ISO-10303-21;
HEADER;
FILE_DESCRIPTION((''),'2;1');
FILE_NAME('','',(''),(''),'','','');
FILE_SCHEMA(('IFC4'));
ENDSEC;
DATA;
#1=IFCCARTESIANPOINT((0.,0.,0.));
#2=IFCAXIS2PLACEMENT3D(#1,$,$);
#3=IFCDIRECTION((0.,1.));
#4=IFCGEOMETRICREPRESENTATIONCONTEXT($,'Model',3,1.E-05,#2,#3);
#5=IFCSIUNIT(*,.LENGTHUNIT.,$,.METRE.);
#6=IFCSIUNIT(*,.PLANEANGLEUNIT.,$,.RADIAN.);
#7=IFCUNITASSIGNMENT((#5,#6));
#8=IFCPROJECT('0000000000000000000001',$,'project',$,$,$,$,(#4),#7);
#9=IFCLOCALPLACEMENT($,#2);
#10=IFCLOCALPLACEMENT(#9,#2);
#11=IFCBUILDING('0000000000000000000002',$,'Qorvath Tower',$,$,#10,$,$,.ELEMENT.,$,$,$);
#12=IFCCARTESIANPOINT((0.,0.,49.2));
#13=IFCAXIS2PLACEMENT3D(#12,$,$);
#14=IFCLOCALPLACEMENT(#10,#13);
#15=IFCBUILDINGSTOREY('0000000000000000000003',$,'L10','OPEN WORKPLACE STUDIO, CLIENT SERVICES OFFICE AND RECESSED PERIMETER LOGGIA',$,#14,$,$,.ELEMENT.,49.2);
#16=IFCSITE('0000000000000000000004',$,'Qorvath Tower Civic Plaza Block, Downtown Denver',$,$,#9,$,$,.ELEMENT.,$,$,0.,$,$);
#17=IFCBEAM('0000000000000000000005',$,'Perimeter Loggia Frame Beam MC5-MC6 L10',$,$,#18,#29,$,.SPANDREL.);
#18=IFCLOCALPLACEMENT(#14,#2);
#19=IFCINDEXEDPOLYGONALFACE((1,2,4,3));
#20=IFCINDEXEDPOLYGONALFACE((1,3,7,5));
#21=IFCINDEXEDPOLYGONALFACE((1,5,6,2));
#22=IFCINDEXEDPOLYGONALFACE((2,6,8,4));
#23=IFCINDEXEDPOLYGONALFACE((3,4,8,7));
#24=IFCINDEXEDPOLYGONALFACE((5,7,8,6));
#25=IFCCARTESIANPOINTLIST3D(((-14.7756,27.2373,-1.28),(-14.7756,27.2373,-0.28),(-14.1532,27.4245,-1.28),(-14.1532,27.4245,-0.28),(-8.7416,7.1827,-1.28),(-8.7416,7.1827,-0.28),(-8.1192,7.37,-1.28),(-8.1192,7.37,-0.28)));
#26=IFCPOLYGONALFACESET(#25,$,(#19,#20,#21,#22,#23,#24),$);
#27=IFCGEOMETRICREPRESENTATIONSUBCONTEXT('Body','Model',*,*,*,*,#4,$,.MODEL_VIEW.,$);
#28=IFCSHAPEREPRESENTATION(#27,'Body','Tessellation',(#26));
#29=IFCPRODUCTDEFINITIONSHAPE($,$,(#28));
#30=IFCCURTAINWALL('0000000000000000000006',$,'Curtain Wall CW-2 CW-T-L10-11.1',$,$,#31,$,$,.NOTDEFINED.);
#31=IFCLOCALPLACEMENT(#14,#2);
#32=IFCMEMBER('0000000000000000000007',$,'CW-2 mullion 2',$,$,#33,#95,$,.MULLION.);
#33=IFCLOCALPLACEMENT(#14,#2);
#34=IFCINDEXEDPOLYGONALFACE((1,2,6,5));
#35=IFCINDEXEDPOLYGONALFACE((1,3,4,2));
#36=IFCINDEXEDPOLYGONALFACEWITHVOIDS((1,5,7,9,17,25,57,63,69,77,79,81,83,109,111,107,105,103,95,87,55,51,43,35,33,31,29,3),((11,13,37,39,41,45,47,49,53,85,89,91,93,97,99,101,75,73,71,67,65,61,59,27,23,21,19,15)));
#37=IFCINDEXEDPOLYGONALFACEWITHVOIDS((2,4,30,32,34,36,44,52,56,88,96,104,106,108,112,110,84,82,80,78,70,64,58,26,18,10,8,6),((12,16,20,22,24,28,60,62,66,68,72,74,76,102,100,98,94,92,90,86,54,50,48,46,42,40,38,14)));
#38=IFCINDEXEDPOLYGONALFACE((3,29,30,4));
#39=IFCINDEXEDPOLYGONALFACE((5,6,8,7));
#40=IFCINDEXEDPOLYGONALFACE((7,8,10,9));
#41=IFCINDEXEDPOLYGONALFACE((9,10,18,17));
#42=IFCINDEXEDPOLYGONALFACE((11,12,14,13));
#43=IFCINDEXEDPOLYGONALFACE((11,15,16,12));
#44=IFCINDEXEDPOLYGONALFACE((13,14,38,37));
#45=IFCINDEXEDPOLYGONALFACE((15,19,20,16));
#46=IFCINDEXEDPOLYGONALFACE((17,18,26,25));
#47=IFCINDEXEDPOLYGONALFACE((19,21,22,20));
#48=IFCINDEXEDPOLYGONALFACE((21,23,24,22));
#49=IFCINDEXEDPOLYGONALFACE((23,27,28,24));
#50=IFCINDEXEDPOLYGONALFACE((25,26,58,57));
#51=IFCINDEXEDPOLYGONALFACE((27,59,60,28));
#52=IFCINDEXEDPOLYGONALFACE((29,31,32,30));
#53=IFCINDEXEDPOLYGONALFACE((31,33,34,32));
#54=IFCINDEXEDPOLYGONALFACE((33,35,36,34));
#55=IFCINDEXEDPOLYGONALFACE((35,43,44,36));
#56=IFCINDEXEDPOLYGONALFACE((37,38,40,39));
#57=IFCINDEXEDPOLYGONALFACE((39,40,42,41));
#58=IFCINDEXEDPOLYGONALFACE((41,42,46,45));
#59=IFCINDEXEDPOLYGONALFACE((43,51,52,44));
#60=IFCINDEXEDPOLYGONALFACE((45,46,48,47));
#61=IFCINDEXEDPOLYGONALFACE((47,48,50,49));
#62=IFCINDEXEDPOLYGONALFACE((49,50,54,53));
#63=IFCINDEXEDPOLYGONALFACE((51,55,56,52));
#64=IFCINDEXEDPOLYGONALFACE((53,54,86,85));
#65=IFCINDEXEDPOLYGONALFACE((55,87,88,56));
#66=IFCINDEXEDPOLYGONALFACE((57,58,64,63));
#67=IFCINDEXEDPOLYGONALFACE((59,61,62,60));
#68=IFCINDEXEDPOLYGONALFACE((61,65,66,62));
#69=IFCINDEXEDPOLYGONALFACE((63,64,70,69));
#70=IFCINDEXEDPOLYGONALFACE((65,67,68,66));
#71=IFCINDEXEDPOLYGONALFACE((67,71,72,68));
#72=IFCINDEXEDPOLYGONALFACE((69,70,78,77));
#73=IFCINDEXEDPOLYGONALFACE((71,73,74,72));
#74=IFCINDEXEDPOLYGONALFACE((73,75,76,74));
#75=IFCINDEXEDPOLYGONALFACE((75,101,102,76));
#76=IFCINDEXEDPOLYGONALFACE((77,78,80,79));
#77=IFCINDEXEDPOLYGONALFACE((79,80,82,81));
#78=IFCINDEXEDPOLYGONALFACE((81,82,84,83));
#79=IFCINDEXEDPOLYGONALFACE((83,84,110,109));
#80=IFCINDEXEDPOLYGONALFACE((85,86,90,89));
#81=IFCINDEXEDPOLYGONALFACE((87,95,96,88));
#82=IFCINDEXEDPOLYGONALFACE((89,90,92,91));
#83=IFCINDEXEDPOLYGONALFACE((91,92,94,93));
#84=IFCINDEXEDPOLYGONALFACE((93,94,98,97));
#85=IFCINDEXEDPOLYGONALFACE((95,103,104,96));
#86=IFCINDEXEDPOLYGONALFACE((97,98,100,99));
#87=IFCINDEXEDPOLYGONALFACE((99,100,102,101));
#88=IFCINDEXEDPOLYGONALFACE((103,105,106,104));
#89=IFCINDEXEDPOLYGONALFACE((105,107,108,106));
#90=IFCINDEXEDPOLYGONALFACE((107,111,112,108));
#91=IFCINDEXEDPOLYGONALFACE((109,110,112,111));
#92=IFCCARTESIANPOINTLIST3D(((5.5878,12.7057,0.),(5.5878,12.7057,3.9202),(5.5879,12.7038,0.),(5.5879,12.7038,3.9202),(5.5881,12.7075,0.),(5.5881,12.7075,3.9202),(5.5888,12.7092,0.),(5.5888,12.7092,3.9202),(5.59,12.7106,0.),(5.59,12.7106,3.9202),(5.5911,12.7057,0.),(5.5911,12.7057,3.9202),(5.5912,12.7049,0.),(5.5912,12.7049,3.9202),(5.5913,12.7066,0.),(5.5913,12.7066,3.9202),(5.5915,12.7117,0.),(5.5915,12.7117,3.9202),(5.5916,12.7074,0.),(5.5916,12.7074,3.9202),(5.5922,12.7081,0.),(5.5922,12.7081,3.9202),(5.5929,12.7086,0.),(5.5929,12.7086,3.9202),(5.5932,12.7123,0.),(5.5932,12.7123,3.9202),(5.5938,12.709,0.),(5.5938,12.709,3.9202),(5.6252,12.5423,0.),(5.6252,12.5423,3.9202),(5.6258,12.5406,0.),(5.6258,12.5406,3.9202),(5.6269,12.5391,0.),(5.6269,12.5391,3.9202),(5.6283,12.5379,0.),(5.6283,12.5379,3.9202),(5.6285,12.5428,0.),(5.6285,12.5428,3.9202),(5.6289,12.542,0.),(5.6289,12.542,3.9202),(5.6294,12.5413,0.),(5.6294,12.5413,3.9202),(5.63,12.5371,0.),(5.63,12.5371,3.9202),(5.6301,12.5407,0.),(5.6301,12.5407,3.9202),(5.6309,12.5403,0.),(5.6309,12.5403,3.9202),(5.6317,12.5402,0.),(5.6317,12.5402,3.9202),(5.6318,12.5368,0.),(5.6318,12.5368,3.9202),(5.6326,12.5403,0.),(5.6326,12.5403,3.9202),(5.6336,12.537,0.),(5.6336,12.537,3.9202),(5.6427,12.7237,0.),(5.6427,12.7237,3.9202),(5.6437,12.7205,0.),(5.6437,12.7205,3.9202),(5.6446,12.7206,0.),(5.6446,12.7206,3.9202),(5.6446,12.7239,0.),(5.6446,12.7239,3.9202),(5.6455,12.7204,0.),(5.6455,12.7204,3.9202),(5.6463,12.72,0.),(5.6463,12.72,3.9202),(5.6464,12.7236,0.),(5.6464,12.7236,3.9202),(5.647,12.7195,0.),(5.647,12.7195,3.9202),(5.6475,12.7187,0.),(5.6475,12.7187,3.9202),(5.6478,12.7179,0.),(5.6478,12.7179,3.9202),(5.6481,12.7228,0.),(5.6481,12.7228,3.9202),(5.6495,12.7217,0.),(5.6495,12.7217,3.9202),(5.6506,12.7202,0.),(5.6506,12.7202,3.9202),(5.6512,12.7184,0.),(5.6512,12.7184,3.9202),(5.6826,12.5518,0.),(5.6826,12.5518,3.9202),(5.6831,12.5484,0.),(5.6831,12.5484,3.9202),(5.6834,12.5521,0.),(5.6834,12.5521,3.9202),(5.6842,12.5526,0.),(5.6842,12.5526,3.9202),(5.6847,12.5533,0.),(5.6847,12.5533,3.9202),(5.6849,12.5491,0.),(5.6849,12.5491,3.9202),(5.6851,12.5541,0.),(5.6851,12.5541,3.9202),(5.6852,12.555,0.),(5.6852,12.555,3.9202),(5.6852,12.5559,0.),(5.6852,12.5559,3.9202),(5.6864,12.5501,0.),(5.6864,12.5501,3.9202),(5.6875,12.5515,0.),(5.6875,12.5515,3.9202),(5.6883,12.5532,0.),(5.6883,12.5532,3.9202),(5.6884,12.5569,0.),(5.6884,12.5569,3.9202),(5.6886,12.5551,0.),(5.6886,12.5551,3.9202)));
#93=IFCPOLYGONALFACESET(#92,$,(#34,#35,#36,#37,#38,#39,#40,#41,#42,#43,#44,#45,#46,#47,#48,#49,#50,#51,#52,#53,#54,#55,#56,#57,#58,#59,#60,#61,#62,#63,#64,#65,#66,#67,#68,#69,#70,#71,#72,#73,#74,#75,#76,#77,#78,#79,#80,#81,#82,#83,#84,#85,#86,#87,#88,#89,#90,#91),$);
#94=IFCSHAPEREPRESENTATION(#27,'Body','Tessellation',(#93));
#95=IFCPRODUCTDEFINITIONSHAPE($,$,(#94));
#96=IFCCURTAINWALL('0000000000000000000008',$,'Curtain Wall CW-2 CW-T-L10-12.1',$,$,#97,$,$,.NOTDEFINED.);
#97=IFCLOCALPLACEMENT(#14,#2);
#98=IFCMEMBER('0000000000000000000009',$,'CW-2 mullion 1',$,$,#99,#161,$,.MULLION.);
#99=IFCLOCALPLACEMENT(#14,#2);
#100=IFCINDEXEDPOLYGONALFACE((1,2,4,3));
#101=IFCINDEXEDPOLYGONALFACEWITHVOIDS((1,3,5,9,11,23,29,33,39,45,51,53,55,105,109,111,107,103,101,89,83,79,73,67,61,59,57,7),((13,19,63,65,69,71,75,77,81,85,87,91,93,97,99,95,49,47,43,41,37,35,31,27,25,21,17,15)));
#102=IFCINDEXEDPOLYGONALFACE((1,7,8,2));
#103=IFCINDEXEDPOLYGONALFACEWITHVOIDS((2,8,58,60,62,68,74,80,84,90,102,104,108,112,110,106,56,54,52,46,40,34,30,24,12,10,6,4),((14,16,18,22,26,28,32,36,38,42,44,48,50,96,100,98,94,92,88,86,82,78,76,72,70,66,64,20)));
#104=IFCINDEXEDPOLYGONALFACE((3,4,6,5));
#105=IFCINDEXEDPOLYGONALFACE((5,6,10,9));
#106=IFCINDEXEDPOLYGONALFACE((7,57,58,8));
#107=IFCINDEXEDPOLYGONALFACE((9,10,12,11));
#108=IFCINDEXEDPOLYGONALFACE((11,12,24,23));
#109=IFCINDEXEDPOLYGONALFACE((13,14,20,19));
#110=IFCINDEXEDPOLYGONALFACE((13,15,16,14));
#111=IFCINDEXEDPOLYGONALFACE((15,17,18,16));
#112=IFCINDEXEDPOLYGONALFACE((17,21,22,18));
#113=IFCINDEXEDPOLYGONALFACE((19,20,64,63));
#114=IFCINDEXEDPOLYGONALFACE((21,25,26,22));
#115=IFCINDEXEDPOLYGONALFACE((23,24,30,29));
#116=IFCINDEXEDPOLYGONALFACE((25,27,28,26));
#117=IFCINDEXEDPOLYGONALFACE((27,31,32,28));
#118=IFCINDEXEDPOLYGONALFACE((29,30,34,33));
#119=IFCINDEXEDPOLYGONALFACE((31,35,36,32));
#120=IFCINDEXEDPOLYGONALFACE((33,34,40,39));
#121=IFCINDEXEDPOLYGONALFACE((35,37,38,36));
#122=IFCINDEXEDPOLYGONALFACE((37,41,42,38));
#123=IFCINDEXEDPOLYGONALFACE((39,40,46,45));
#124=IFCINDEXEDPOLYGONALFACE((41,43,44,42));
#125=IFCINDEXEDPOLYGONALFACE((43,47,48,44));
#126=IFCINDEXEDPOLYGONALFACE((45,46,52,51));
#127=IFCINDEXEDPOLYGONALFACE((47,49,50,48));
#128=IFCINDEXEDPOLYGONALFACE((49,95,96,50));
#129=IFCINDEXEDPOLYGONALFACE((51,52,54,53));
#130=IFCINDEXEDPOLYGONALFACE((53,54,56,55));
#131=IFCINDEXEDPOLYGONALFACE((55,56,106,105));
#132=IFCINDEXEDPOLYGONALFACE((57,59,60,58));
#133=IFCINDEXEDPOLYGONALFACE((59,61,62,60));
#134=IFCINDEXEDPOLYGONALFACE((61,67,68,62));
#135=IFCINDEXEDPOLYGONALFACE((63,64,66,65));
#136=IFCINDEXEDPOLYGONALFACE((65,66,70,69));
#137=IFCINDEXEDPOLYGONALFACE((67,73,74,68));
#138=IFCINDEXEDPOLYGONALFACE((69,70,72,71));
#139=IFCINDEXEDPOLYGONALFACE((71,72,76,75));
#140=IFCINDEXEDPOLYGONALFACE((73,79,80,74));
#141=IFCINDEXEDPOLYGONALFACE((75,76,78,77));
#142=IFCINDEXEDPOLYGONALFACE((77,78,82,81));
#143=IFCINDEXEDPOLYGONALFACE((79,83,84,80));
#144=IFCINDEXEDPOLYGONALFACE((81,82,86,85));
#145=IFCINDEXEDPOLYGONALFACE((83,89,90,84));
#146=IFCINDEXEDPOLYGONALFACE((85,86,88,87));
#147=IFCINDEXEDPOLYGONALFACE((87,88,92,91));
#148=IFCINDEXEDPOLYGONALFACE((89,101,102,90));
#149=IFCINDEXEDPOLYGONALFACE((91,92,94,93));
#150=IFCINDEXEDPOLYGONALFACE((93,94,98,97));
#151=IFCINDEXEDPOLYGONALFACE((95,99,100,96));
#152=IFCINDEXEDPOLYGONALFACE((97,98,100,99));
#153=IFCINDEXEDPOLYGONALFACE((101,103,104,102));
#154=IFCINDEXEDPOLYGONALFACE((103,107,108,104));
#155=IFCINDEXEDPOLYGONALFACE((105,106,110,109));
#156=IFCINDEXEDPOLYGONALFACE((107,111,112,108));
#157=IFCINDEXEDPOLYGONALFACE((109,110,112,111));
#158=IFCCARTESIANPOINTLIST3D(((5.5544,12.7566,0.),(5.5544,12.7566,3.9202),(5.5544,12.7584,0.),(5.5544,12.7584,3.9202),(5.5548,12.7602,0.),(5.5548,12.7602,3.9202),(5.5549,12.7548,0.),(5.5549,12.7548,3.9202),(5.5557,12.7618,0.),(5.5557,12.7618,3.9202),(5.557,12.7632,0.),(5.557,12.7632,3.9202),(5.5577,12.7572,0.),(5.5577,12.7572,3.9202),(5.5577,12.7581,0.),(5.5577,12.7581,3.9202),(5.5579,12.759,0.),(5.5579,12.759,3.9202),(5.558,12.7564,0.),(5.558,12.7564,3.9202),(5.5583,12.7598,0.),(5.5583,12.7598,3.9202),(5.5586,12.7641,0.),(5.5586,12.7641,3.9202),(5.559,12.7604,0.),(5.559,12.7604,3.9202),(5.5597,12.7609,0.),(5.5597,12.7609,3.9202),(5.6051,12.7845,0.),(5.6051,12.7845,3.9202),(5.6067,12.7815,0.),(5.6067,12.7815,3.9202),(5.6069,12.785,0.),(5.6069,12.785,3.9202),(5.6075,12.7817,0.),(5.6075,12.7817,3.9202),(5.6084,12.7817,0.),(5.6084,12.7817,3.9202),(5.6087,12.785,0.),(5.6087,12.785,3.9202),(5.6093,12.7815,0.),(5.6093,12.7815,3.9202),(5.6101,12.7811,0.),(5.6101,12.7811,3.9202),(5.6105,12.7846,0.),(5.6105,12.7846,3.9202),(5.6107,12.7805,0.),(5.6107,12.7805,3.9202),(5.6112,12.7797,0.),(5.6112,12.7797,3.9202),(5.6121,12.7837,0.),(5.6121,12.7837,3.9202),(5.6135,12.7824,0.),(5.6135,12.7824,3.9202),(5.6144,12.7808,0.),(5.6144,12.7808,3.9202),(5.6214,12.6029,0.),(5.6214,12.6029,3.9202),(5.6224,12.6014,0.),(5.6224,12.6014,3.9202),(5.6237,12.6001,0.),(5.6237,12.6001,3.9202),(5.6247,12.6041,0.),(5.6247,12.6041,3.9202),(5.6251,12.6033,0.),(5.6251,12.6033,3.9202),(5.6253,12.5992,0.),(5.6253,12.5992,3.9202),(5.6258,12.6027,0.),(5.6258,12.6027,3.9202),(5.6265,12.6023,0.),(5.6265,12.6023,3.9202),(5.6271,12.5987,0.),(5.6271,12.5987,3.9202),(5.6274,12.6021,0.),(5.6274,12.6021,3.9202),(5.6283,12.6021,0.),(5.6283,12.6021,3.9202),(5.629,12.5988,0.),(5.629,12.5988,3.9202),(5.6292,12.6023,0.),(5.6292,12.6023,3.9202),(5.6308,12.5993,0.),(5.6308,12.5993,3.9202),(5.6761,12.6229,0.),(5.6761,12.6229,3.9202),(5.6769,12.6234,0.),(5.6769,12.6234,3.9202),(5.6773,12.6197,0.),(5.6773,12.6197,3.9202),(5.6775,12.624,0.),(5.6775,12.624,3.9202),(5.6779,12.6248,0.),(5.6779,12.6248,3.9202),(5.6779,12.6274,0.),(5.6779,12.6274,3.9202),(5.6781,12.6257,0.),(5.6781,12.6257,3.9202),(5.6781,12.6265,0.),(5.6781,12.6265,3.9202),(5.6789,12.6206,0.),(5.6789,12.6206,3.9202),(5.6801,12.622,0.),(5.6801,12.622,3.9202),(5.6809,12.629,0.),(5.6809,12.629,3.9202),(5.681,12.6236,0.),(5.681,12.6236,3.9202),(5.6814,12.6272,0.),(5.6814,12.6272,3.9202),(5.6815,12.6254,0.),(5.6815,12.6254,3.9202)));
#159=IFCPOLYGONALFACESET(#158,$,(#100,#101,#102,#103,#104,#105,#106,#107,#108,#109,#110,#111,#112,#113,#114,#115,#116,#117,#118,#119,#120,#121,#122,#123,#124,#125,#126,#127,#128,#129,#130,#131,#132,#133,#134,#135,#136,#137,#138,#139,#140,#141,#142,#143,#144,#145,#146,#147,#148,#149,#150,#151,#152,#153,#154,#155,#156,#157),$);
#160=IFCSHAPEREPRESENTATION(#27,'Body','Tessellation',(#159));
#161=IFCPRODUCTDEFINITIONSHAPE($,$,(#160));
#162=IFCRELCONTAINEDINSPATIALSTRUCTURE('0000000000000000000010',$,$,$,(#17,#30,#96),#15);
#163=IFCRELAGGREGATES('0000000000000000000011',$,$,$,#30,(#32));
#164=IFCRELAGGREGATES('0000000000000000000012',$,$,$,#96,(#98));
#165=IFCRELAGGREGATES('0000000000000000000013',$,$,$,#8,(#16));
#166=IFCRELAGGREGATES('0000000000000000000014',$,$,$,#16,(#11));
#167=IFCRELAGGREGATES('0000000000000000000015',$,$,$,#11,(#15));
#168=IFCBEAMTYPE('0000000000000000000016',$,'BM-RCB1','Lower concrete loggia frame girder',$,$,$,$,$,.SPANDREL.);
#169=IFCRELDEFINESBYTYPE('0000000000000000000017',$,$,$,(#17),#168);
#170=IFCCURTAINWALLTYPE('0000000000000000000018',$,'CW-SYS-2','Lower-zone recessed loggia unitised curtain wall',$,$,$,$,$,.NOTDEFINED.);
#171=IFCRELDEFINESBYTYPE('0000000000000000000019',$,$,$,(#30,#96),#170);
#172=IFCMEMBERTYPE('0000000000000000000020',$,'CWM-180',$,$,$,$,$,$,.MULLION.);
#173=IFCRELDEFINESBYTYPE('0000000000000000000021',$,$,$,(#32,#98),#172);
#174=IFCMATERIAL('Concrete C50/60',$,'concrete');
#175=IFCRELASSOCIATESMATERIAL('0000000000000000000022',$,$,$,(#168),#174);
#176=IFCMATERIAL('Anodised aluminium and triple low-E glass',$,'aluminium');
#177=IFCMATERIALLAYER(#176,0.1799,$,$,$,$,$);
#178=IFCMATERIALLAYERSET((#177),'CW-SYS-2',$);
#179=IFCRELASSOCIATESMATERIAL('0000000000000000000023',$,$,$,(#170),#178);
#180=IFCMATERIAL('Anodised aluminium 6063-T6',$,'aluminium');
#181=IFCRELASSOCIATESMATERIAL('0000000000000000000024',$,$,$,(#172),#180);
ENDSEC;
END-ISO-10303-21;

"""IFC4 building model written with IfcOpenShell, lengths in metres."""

from ifc_helpers import new_model, si_unit, direction, frame, origin, origin_2d, place, context, subcontext, project, spatial, rectangle, hollow_rectangle, extrude, material, layer, layer_set, material_profile, profile_set, type_object, element, aggregate, save


model = new_model("IFC4")

# Units and contexts
model_context = context("Model", 3, precision=1e-05, world=origin(), true_north=direction((0.0, 1.0)))
body_context = subcontext(model_context, "Body", "Model", "MODEL_VIEW")
ifc_project = project(units=[si_unit("LENGTHUNIT", "METRE"), si_unit("PLANEANGLEUNIT", "RADIAN")], contexts=[model_context])

# Site, building, storey
site_placement = place(None, origin())
site = spatial("IfcSite", under=ifc_project, at=site_placement, Name="Qorvath Tower Civic Plaza Block, Downtown Denver", CompositionType="ELEMENT", RefElevation=0.0)
building_placement = place(site_placement, origin())
building = spatial("IfcBuilding", under=site, at=building_placement, Name="Qorvath Tower", CompositionType="ELEMENT")
storey_placement = place(building_placement, frame((0.0, 0.0, 49.2)))
storey = spatial("IfcBuildingStorey", under=building, at=storey_placement, Name="L10", Description="OPEN WORKPLACE STUDIO, CLIENT SERVICES OFFICE AND RECESSED PERIMETER LOGGIA", CompositionType="ELEMENT", Elevation=49.2)

# Beam
ifc_material_1 = material(Name="Concrete C50/60", Category="concrete")
ifc_material_profile_1 = material_profile(ifc_material_1, rectangle(XDim=0.6499, YDim=1.0, at=origin_2d()), Name="RCB 1000x650")
ifc_profile_set_1 = profile_set([ifc_material_profile_1], Name="Concrete C50/60")
beam_type_1 = type_object("IfcBeamType", Name="BM-RCB1", Description="Lower concrete loggia frame girder", PredefinedType="SPANDREL", material=ifc_profile_set_1)
beam_1_placement = place(storey_placement, frame((-8.4304, 7.2764, -0.78), z_axis=(-0.288119, 0.957595, 0.0), x_axis=(-0.957595, -0.288119, 0.0)))
element("IfcBeam", 1, at=beam_1_placement, inside=storey, type_object=beam_type_1, Name="Perimeter Loggia Frame Beam MC5-MC6 L10", PredefinedType="SPANDREL", context=body_context, shape_type="SweptSolid", body=[
    extrude(rectangle(XDim=0.6499, YDim=1.0, at=origin_2d()), origin(), (0.0, 0.0, 1.0), 20.9426),
])

# Curtain wall, member
ifc_material_2 = material(Name="Anodised aluminium and triple low-E glass", Category="aluminium")
ifc_layer_1 = layer(ifc_material_2, 0.1799)
ifc_layer_set_1 = layer_set([ifc_layer_1], Name="CW-SYS-2")
curtain_wall_type = type_object("IfcCurtainWallType", Name="CW-SYS-2", Description="Lower-zone recessed loggia unitised curtain wall", PredefinedType="NOTDEFINED", material=ifc_layer_set_1)
curtain_wall_1_placement = place(storey_placement, origin())
curtain_wall_1 = element("IfcCurtainWall", 2, at=curtain_wall_1_placement, inside=storey, type_object=curtain_wall_type, Name="Curtain Wall CW-2 CW-T-L10-11.1", PredefinedType="NOTDEFINED")
ifc_material_3 = material(Name="Anodised aluminium 6063-T6", Category="aluminium")
ifc_material_profile_2 = material_profile(ifc_material_3, hollow_rectangle(XDim=0.0649, YDim=0.1799, WallThickness=0.0034, InnerFilletRadius=0.0034, OuterFilletRadius=0.0071, at=origin_2d()), Name="CWM 180x65")
ifc_profile_set_2 = profile_set([ifc_material_profile_2], Name="Anodised aluminium 6063-T6")
member_type_1 = type_object("IfcMemberType", Name="CWM-180", PredefinedType="MULLION", material=ifc_profile_set_2)
member_1_placement = place(storey_placement, frame((5.6382, 12.6304, 0.0), z_axis=(0.0, 0.0, 1.0), x_axis=(-0.974466, -0.224535, 0.0)))
member_1 = element("IfcMember", 3, at=member_1_placement, type_object=member_type_1, Name="CW-2 mullion 2", PredefinedType="MULLION", context=body_context, shape_type="SweptSolid", body=[
    extrude(hollow_rectangle(XDim=0.0649, YDim=0.1799, WallThickness=0.0034, InnerFilletRadius=0.0034, OuterFilletRadius=0.0071, at=origin_2d()), origin(), (0.0, 0.0, 1.0), 3.9202),
])

# Curtain wall, member
curtain_wall_2_placement = place(storey_placement, origin())
curtain_wall_2 = element("IfcCurtainWall", 4, at=curtain_wall_2_placement, inside=storey, type_object=curtain_wall_type, Name="Curtain Wall CW-2 CW-T-L10-12.1", PredefinedType="NOTDEFINED")
member_2_placement = place(storey_placement, frame((5.6179, 12.6919, 0.0), z_axis=(0.0, 0.0, 1.0), x_axis=(-0.916001, -0.401177, 0.0)))
member_2 = element("IfcMember", 5, at=member_2_placement, type_object=member_type_1, Name="CW-2 mullion 1", PredefinedType="MULLION", context=body_context, shape_type="SweptSolid", body=[
    extrude(hollow_rectangle(XDim=0.0649, YDim=0.1799, WallThickness=0.0034, InnerFilletRadius=0.0034, OuterFilletRadius=0.0071, at=origin_2d()), origin(), (0.0, 0.0, 1.0), 3.9202),
])

aggregate(curtain_wall_1, [member_1])
aggregate(curtain_wall_2, [member_2])

save(model, "model.ifc")
